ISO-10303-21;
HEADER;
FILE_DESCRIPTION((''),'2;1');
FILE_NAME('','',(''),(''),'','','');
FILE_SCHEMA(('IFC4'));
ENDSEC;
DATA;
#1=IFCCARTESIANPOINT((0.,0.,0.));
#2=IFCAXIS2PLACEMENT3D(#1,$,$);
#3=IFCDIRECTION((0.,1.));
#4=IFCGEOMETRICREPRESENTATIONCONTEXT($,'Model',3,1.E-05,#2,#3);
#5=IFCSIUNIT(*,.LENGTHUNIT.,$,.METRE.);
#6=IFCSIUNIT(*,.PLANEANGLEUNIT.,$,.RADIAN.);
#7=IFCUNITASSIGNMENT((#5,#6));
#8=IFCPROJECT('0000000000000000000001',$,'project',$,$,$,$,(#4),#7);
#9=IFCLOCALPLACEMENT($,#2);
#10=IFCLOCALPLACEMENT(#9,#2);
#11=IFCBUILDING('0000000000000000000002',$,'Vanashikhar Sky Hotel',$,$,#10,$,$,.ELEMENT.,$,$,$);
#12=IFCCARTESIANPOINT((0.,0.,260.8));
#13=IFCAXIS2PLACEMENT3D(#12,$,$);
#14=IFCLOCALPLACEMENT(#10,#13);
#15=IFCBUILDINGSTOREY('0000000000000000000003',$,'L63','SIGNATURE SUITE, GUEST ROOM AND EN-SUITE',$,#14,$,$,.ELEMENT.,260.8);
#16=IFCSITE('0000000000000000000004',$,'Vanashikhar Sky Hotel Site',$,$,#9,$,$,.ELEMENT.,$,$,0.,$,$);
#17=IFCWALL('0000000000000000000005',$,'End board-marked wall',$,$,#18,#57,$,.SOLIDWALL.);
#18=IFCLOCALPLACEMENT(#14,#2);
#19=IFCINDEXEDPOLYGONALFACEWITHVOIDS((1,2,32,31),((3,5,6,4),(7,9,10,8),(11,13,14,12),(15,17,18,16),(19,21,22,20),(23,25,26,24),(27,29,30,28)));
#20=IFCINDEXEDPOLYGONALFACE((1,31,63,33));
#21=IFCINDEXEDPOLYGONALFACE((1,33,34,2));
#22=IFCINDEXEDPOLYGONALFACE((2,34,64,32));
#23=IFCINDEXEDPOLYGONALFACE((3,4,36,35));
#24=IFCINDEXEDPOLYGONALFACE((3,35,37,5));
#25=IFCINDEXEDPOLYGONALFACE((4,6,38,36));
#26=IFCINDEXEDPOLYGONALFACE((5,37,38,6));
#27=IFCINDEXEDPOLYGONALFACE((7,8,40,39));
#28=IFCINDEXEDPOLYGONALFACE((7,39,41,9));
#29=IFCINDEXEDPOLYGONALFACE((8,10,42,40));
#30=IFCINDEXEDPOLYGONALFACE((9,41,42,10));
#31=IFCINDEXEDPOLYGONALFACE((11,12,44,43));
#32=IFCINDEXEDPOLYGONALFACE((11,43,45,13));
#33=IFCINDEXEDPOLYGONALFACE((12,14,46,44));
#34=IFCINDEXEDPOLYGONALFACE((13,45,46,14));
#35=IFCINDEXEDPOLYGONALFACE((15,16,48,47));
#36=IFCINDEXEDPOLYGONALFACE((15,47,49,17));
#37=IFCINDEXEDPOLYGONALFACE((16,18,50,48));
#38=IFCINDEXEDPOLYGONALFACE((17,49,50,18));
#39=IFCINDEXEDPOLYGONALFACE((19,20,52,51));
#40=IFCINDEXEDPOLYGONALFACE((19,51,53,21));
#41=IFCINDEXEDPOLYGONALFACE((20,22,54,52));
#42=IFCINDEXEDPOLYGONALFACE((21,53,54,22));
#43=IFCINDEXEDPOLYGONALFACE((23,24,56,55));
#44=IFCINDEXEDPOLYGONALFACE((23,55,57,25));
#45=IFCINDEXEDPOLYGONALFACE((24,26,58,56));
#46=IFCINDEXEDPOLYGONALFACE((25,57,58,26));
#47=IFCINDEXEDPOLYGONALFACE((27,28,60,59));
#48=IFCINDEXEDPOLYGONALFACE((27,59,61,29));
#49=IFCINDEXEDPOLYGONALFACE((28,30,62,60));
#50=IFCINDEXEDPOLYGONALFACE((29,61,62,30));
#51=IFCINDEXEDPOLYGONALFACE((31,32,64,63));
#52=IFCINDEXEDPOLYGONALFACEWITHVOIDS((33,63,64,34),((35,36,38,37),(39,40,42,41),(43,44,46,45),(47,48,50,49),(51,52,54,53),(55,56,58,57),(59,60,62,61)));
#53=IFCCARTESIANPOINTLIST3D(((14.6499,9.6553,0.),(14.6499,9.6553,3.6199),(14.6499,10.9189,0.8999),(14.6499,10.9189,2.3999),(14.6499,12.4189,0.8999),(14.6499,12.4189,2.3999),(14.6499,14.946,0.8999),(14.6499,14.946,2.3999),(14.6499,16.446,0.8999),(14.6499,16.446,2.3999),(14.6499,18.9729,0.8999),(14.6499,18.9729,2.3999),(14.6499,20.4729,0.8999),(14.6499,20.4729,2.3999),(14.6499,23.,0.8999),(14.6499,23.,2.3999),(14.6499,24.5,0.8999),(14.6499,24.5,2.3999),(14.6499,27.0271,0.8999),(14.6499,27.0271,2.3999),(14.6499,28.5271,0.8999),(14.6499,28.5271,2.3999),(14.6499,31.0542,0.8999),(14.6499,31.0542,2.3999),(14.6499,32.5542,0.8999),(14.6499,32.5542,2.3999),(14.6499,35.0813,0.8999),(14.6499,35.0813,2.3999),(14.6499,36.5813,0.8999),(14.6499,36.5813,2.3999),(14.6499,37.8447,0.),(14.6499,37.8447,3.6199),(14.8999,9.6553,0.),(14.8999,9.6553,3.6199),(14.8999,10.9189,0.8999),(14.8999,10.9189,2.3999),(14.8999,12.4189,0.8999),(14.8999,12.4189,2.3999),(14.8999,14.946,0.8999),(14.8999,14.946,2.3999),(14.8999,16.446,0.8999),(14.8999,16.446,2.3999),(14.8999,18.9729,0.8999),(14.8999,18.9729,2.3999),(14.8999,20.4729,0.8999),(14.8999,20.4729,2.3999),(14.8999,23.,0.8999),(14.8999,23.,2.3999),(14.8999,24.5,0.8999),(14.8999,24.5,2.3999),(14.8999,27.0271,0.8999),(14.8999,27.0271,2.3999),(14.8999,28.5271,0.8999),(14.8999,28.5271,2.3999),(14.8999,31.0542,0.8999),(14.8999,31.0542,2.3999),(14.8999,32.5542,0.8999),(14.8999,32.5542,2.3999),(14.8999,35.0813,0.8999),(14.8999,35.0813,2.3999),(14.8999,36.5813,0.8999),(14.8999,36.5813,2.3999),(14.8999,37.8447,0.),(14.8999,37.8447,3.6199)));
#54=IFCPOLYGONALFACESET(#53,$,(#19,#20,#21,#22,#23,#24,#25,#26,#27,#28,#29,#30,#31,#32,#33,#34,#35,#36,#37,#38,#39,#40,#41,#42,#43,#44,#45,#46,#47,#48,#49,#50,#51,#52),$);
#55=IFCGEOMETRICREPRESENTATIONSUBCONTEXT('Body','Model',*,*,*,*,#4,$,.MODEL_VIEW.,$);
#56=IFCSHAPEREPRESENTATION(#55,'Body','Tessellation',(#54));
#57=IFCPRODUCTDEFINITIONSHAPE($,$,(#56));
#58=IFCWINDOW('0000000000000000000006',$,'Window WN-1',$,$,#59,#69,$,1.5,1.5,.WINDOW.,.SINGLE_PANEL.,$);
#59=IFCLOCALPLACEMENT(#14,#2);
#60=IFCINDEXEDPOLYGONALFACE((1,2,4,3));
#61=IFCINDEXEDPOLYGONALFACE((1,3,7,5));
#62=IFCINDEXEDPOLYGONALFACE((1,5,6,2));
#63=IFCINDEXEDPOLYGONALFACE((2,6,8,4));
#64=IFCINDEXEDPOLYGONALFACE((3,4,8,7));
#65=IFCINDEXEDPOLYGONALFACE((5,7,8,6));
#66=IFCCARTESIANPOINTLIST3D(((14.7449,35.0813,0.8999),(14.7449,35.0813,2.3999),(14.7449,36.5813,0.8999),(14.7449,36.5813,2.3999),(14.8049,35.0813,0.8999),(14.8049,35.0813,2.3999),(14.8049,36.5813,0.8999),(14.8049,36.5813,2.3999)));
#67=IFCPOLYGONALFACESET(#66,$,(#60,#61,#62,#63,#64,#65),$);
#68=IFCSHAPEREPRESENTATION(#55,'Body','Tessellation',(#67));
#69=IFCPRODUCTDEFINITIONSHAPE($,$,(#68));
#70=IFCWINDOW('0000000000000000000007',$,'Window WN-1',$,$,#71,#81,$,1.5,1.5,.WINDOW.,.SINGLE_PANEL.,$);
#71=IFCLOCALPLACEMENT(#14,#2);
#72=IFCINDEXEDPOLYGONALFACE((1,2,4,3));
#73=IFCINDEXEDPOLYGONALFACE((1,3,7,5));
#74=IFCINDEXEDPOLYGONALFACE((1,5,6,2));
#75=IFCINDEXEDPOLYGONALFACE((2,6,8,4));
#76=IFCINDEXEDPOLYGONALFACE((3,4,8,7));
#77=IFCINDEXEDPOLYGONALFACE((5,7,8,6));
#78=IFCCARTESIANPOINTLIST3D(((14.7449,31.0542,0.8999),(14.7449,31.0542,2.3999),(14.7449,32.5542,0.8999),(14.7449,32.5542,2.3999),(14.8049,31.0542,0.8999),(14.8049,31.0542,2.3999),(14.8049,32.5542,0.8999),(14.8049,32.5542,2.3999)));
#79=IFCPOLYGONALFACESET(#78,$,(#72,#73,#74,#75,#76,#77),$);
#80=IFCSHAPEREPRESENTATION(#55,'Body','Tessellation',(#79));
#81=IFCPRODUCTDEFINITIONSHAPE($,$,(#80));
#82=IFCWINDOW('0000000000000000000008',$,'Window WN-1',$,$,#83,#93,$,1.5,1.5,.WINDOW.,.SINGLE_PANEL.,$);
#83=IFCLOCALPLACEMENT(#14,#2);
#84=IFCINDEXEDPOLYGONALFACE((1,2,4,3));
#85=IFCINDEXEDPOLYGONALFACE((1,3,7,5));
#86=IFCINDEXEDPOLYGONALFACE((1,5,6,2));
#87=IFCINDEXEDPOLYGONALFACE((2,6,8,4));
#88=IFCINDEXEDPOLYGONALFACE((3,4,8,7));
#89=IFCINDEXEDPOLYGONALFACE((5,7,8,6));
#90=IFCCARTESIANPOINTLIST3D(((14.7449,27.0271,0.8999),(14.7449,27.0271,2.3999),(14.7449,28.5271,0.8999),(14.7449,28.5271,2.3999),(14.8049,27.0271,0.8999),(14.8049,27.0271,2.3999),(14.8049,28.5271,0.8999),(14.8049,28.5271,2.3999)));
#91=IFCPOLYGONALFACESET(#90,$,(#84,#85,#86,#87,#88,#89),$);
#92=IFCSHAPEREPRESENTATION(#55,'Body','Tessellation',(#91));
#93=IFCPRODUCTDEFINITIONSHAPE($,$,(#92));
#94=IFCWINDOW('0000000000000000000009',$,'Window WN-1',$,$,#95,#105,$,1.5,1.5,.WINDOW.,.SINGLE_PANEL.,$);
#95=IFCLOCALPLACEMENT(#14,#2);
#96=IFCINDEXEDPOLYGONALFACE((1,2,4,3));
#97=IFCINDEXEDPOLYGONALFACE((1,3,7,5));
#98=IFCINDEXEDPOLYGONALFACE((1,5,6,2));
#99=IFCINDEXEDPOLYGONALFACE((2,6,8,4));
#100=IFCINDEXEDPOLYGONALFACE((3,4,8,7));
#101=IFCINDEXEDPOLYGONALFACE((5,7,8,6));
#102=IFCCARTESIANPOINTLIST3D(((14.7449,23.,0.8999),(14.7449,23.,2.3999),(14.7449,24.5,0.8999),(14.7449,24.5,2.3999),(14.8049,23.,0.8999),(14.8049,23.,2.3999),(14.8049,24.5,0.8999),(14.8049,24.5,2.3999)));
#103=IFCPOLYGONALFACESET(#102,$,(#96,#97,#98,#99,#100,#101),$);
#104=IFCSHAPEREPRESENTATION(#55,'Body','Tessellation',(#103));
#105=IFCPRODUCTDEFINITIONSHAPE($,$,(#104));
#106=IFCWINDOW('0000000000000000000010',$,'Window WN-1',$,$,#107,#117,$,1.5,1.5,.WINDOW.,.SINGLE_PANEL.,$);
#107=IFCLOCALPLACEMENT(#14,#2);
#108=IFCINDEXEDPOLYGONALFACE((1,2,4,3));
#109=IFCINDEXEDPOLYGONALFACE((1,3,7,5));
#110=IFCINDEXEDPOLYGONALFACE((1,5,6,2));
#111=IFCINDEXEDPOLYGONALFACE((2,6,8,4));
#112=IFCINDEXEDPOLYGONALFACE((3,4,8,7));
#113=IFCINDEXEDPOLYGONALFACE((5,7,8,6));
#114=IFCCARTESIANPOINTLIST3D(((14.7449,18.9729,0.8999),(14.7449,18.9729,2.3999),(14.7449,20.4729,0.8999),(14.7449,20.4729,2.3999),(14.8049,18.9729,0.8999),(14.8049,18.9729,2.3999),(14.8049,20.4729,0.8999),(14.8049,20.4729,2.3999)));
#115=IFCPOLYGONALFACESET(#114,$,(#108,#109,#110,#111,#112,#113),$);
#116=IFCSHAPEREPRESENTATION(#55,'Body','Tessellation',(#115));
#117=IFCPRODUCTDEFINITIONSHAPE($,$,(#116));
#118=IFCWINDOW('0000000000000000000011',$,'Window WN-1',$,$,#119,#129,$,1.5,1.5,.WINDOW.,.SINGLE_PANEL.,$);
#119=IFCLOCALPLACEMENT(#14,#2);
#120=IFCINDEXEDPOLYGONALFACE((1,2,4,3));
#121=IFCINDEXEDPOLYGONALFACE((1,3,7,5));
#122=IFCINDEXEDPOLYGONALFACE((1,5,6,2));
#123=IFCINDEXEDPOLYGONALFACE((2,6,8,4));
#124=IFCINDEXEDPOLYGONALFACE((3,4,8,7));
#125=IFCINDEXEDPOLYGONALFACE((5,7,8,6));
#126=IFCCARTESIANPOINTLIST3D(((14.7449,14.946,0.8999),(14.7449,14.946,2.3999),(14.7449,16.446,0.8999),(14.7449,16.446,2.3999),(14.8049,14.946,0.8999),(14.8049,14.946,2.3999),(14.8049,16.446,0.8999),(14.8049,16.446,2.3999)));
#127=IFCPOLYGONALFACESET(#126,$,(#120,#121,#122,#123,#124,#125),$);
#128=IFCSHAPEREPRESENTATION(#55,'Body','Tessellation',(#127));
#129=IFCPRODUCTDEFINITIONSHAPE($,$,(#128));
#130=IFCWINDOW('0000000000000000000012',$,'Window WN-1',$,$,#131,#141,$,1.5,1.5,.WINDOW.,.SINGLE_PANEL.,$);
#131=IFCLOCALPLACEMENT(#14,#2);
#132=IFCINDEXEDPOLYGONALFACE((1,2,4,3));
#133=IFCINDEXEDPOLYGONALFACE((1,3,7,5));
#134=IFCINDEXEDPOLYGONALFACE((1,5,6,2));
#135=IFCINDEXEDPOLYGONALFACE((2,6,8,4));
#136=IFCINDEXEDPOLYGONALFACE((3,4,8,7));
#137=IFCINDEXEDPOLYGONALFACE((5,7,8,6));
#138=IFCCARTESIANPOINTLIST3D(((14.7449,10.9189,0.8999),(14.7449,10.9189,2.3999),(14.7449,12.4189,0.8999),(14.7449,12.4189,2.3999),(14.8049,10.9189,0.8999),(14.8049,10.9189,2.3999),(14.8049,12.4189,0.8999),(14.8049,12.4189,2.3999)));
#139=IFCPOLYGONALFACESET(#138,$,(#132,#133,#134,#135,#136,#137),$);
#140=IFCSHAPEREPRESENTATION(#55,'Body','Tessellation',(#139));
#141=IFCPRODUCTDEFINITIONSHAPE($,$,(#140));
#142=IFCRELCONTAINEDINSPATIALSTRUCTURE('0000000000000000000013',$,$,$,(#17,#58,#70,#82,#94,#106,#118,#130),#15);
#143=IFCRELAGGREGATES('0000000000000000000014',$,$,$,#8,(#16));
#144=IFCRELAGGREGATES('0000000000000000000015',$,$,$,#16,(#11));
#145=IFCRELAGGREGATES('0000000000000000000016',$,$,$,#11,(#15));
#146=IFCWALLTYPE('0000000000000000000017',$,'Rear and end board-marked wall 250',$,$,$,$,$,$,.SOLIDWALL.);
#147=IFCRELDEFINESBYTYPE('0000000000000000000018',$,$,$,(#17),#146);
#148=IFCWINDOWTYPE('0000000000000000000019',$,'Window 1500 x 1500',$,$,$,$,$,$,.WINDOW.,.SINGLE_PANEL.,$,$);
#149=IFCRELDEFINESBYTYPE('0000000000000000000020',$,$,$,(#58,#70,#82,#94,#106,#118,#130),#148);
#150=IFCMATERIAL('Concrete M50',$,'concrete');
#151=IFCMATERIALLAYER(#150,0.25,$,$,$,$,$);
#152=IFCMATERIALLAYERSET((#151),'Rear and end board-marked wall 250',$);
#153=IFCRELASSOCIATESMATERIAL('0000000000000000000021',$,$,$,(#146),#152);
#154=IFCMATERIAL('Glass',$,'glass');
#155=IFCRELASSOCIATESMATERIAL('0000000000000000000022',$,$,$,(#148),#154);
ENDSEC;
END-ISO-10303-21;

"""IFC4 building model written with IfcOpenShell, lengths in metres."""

from ifc_helpers import new_model, si_unit, direction, frame, frame_2d, origin, place, context, subcontext, project, spatial, rectangle, extrude, source, transform, mapped, material, layer, layer_set, type_object, element, fill, save


model = new_model("IFC4")

# Units and contexts
model_context = context("Model", 3, precision=1e-05, world=origin(), true_north=direction((0.0, 1.0)))
body_context = subcontext(model_context, "Body", "Model", "MODEL_VIEW")
ifc_project = project(units=[si_unit("LENGTHUNIT", "METRE"), si_unit("PLANEANGLEUNIT", "RADIAN")], contexts=[model_context])

# Site, building, storey
site_placement = place(None, origin())
site = spatial("IfcSite", under=ifc_project, at=site_placement, Name="Vanashikhar Sky Hotel Site", CompositionType="ELEMENT", RefElevation=0.0)
building_placement = place(site_placement, origin())
building = spatial("IfcBuilding", under=site, at=building_placement, Name="Vanashikhar Sky Hotel", CompositionType="ELEMENT")
storey_placement = place(building_placement, frame((0.0, 0.0, 260.8)))
storey = spatial("IfcBuildingStorey", under=building, at=storey_placement, Name="L63", Description="SIGNATURE SUITE, GUEST ROOM AND EN-SUITE", CompositionType="ELEMENT", Elevation=260.8)

# Shared definitions
ifc_material_1 = material(Name="Concrete M50", Category="concrete")
ifc_material_2 = material(Name="Glass", Category="glass")

# Wall, openings, windows
ifc_layer_1 = layer(ifc_material_1, 0.25)
ifc_layer_set_1 = layer_set([ifc_layer_1], Name="Rear and end board-marked wall 250")
wall_type_1 = type_object("IfcWallType", Name="Rear and end board-marked wall 250", PredefinedType="SOLIDWALL", material=ifc_layer_set_1)
shared_shape_1 = source(origin(), body_context, "Body", "SweptSolid", [
    extrude(rectangle(XDim=28.1895, YDim=0.25, at=frame_2d((14.0947, 0.0))), origin(), (0.0, 0.0, 1.0), 3.6199),
])
wall_1_placement = place(storey_placement, frame((14.7749, 37.8447, 0.0), z_axis=(0.0, 0.0, 1.0), x_axis=(0.0, -1.0, 0.0)))
wall_1 = element("IfcWall", 1, at=wall_1_placement, inside=storey, type_object=wall_type_1, Name="End board-marked wall", PredefinedType="SOLIDWALL", context=body_context, shape_type="MappedRepresentation", body=[
    mapped(shared_shape_1, transform((0.0, 0.0, 0.0), scale=1.0)),
])
shared_shape_2 = source(origin(), body_context, "Body", "SweptSolid", [
    extrude(rectangle(XDim=1.5, YDim=1.5, at=frame_2d((0.75, 0.75))), frame((0.0, 0.135, 0.0), z_axis=(0.0, -1.0, 0.0), x_axis=(1.0, 0.0, 0.0)), (0.0, 0.0, 1.0), 0.27),
])
opening_1_placement = place(wall_1_placement, frame((1.2634, 0.0, 0.8999)))
opening_1 = element("IfcOpeningElement", 2, at=opening_1_placement, cuts=wall_1, PredefinedType="OPENING", context=body_context, shape_type="MappedRepresentation", body=[
    mapped(shared_shape_2, transform((0.0, 0.0, 0.0), scale=1.0)),
])
opening_2_placement = place(wall_1_placement, frame((5.2905, 0.0, 0.8999)))
opening_2 = element("IfcOpeningElement", 3, at=opening_2_placement, cuts=wall_1, PredefinedType="OPENING", context=body_context, shape_type="MappedRepresentation", body=[
    mapped(shared_shape_2, transform((0.0, 0.0, 0.0), scale=1.0)),
])
opening_3_placement = place(wall_1_placement, frame((9.3176, 0.0, 0.8999)))
opening_3 = element("IfcOpeningElement", 4, at=opening_3_placement, cuts=wall_1, PredefinedType="OPENING", context=body_context, shape_type="MappedRepresentation", body=[
    mapped(shared_shape_2, transform((0.0, 0.0, 0.0), scale=1.0)),
])
opening_4_placement = place(wall_1_placement, frame((13.3447, 0.0, 0.8999)))
opening_4 = element("IfcOpeningElement", 5, at=opening_4_placement, cuts=wall_1, PredefinedType="OPENING", context=body_context, shape_type="MappedRepresentation", body=[
    mapped(shared_shape_2, transform((0.0, 0.0, 0.0), scale=1.0)),
])
opening_5_placement = place(wall_1_placement, frame((17.3718, 0.0, 0.8999)))
opening_5 = element("IfcOpeningElement", 6, at=opening_5_placement, cuts=wall_1, PredefinedType="OPENING", context=body_context, shape_type="MappedRepresentation", body=[
    mapped(shared_shape_2, transform((0.0, 0.0, 0.0), scale=1.0)),
])
opening_6_placement = place(wall_1_placement, frame((21.3987, 0.0, 0.8999)))
opening_6 = element("IfcOpeningElement", 7, at=opening_6_placement, cuts=wall_1, PredefinedType="OPENING", context=body_context, shape_type="MappedRepresentation", body=[
    mapped(shared_shape_2, transform((0.0, 0.0, 0.0), scale=1.0)),
])
opening_7_placement = place(wall_1_placement, frame((25.4258, 0.0, 0.8999)))
opening_7 = element("IfcOpeningElement", 8, at=opening_7_placement, cuts=wall_1, PredefinedType="OPENING", context=body_context, shape_type="MappedRepresentation", body=[
    mapped(shared_shape_2, transform((0.0, 0.0, 0.0), scale=1.0)),
])
window_type_1 = type_object("IfcWindowType", Name="Window 1500 x 1500", PartitioningType="SINGLE_PANEL", PredefinedType="WINDOW", material=ifc_material_2)
shared_shape_3 = source(origin(), body_context, "Body", "SweptSolid", [
    extrude(rectangle(XDim=1.5, YDim=1.5, at=frame_2d((0.75, 0.75))), frame((0.0, 0.03, 0.0), z_axis=(0.0, -1.0, 0.0), x_axis=(1.0, 0.0, 0.0)), (0.0, 0.0, 1.0), 0.0601),
])
window_1_placement = place(opening_1_placement, origin())
window_1 = element("IfcWindow", 9, at=window_1_placement, inside=storey, type_object=window_type_1, Name="Window WN-1", OverallHeight=1.5, OverallWidth=1.5, PartitioningType="SINGLE_PANEL", PredefinedType="WINDOW", context=body_context, shape_type="MappedRepresentation", body=[
    mapped(shared_shape_3, transform((0.0, 0.0, 0.0), scale=1.0)),
])
fill(opening_1, window_1)
window_2_placement = place(opening_2_placement, origin())
window_2 = element("IfcWindow", 10, at=window_2_placement, inside=storey, type_object=window_type_1, Name="Window WN-1", OverallHeight=1.5, OverallWidth=1.5, PartitioningType="SINGLE_PANEL", PredefinedType="WINDOW", context=body_context, shape_type="MappedRepresentation", body=[
    mapped(shared_shape_3, transform((0.0, 0.0, 0.0), scale=1.0)),
])
fill(opening_2, window_2)
window_3_placement = place(opening_3_placement, origin())
window_3 = element("IfcWindow", 11, at=window_3_placement, inside=storey, type_object=window_type_1, Name="Window WN-1", OverallHeight=1.5, OverallWidth=1.5, PartitioningType="SINGLE_PANEL", PredefinedType="WINDOW", context=body_context, shape_type="MappedRepresentation", body=[
    mapped(shared_shape_3, transform((0.0, 0.0, 0.0), scale=1.0)),
])
fill(opening_3, window_3)
window_4_placement = place(opening_4_placement, origin())
window_4 = element("IfcWindow", 12, at=window_4_placement, inside=storey, type_object=window_type_1, Name="Window WN-1", OverallHeight=1.5, OverallWidth=1.5, PartitioningType="SINGLE_PANEL", PredefinedType="WINDOW", context=body_context, shape_type="MappedRepresentation", body=[
    mapped(shared_shape_3, transform((0.0, 0.0, 0.0), scale=1.0)),
])
fill(opening_4, window_4)
window_5_placement = place(opening_5_placement, origin())
window_5 = element("IfcWindow", 13, at=window_5_placement, inside=storey, type_object=window_type_1, Name="Window WN-1", OverallHeight=1.5, OverallWidth=1.5, PartitioningType="SINGLE_PANEL", PredefinedType="WINDOW", context=body_context, shape_type="MappedRepresentation", body=[
    mapped(shared_shape_3, transform((0.0, 0.0, 0.0), scale=1.0)),
])
fill(opening_5, window_5)
window_6_placement = place(opening_6_placement, origin())
window_6 = element("IfcWindow", 14, at=window_6_placement, inside=storey, type_object=window_type_1, Name="Window WN-1", OverallHeight=1.5, OverallWidth=1.5, PartitioningType="SINGLE_PANEL", PredefinedType="WINDOW", context=body_context, shape_type="MappedRepresentation", body=[
    mapped(shared_shape_3, transform((0.0, 0.0, 0.0), scale=1.0)),
])
fill(opening_6, window_6)
window_7_placement = place(opening_7_placement, origin())
window_7 = element("IfcWindow", 15, at=window_7_placement, inside=storey, type_object=window_type_1, Name="Window WN-1", OverallHeight=1.5, OverallWidth=1.5, PartitioningType="SINGLE_PANEL", PredefinedType="WINDOW", context=body_context, shape_type="MappedRepresentation", body=[
    mapped(shared_shape_3, transform((0.0, 0.0, 0.0), scale=1.0)),
])
fill(opening_7, window_7)

save(model, "model.ifc")
